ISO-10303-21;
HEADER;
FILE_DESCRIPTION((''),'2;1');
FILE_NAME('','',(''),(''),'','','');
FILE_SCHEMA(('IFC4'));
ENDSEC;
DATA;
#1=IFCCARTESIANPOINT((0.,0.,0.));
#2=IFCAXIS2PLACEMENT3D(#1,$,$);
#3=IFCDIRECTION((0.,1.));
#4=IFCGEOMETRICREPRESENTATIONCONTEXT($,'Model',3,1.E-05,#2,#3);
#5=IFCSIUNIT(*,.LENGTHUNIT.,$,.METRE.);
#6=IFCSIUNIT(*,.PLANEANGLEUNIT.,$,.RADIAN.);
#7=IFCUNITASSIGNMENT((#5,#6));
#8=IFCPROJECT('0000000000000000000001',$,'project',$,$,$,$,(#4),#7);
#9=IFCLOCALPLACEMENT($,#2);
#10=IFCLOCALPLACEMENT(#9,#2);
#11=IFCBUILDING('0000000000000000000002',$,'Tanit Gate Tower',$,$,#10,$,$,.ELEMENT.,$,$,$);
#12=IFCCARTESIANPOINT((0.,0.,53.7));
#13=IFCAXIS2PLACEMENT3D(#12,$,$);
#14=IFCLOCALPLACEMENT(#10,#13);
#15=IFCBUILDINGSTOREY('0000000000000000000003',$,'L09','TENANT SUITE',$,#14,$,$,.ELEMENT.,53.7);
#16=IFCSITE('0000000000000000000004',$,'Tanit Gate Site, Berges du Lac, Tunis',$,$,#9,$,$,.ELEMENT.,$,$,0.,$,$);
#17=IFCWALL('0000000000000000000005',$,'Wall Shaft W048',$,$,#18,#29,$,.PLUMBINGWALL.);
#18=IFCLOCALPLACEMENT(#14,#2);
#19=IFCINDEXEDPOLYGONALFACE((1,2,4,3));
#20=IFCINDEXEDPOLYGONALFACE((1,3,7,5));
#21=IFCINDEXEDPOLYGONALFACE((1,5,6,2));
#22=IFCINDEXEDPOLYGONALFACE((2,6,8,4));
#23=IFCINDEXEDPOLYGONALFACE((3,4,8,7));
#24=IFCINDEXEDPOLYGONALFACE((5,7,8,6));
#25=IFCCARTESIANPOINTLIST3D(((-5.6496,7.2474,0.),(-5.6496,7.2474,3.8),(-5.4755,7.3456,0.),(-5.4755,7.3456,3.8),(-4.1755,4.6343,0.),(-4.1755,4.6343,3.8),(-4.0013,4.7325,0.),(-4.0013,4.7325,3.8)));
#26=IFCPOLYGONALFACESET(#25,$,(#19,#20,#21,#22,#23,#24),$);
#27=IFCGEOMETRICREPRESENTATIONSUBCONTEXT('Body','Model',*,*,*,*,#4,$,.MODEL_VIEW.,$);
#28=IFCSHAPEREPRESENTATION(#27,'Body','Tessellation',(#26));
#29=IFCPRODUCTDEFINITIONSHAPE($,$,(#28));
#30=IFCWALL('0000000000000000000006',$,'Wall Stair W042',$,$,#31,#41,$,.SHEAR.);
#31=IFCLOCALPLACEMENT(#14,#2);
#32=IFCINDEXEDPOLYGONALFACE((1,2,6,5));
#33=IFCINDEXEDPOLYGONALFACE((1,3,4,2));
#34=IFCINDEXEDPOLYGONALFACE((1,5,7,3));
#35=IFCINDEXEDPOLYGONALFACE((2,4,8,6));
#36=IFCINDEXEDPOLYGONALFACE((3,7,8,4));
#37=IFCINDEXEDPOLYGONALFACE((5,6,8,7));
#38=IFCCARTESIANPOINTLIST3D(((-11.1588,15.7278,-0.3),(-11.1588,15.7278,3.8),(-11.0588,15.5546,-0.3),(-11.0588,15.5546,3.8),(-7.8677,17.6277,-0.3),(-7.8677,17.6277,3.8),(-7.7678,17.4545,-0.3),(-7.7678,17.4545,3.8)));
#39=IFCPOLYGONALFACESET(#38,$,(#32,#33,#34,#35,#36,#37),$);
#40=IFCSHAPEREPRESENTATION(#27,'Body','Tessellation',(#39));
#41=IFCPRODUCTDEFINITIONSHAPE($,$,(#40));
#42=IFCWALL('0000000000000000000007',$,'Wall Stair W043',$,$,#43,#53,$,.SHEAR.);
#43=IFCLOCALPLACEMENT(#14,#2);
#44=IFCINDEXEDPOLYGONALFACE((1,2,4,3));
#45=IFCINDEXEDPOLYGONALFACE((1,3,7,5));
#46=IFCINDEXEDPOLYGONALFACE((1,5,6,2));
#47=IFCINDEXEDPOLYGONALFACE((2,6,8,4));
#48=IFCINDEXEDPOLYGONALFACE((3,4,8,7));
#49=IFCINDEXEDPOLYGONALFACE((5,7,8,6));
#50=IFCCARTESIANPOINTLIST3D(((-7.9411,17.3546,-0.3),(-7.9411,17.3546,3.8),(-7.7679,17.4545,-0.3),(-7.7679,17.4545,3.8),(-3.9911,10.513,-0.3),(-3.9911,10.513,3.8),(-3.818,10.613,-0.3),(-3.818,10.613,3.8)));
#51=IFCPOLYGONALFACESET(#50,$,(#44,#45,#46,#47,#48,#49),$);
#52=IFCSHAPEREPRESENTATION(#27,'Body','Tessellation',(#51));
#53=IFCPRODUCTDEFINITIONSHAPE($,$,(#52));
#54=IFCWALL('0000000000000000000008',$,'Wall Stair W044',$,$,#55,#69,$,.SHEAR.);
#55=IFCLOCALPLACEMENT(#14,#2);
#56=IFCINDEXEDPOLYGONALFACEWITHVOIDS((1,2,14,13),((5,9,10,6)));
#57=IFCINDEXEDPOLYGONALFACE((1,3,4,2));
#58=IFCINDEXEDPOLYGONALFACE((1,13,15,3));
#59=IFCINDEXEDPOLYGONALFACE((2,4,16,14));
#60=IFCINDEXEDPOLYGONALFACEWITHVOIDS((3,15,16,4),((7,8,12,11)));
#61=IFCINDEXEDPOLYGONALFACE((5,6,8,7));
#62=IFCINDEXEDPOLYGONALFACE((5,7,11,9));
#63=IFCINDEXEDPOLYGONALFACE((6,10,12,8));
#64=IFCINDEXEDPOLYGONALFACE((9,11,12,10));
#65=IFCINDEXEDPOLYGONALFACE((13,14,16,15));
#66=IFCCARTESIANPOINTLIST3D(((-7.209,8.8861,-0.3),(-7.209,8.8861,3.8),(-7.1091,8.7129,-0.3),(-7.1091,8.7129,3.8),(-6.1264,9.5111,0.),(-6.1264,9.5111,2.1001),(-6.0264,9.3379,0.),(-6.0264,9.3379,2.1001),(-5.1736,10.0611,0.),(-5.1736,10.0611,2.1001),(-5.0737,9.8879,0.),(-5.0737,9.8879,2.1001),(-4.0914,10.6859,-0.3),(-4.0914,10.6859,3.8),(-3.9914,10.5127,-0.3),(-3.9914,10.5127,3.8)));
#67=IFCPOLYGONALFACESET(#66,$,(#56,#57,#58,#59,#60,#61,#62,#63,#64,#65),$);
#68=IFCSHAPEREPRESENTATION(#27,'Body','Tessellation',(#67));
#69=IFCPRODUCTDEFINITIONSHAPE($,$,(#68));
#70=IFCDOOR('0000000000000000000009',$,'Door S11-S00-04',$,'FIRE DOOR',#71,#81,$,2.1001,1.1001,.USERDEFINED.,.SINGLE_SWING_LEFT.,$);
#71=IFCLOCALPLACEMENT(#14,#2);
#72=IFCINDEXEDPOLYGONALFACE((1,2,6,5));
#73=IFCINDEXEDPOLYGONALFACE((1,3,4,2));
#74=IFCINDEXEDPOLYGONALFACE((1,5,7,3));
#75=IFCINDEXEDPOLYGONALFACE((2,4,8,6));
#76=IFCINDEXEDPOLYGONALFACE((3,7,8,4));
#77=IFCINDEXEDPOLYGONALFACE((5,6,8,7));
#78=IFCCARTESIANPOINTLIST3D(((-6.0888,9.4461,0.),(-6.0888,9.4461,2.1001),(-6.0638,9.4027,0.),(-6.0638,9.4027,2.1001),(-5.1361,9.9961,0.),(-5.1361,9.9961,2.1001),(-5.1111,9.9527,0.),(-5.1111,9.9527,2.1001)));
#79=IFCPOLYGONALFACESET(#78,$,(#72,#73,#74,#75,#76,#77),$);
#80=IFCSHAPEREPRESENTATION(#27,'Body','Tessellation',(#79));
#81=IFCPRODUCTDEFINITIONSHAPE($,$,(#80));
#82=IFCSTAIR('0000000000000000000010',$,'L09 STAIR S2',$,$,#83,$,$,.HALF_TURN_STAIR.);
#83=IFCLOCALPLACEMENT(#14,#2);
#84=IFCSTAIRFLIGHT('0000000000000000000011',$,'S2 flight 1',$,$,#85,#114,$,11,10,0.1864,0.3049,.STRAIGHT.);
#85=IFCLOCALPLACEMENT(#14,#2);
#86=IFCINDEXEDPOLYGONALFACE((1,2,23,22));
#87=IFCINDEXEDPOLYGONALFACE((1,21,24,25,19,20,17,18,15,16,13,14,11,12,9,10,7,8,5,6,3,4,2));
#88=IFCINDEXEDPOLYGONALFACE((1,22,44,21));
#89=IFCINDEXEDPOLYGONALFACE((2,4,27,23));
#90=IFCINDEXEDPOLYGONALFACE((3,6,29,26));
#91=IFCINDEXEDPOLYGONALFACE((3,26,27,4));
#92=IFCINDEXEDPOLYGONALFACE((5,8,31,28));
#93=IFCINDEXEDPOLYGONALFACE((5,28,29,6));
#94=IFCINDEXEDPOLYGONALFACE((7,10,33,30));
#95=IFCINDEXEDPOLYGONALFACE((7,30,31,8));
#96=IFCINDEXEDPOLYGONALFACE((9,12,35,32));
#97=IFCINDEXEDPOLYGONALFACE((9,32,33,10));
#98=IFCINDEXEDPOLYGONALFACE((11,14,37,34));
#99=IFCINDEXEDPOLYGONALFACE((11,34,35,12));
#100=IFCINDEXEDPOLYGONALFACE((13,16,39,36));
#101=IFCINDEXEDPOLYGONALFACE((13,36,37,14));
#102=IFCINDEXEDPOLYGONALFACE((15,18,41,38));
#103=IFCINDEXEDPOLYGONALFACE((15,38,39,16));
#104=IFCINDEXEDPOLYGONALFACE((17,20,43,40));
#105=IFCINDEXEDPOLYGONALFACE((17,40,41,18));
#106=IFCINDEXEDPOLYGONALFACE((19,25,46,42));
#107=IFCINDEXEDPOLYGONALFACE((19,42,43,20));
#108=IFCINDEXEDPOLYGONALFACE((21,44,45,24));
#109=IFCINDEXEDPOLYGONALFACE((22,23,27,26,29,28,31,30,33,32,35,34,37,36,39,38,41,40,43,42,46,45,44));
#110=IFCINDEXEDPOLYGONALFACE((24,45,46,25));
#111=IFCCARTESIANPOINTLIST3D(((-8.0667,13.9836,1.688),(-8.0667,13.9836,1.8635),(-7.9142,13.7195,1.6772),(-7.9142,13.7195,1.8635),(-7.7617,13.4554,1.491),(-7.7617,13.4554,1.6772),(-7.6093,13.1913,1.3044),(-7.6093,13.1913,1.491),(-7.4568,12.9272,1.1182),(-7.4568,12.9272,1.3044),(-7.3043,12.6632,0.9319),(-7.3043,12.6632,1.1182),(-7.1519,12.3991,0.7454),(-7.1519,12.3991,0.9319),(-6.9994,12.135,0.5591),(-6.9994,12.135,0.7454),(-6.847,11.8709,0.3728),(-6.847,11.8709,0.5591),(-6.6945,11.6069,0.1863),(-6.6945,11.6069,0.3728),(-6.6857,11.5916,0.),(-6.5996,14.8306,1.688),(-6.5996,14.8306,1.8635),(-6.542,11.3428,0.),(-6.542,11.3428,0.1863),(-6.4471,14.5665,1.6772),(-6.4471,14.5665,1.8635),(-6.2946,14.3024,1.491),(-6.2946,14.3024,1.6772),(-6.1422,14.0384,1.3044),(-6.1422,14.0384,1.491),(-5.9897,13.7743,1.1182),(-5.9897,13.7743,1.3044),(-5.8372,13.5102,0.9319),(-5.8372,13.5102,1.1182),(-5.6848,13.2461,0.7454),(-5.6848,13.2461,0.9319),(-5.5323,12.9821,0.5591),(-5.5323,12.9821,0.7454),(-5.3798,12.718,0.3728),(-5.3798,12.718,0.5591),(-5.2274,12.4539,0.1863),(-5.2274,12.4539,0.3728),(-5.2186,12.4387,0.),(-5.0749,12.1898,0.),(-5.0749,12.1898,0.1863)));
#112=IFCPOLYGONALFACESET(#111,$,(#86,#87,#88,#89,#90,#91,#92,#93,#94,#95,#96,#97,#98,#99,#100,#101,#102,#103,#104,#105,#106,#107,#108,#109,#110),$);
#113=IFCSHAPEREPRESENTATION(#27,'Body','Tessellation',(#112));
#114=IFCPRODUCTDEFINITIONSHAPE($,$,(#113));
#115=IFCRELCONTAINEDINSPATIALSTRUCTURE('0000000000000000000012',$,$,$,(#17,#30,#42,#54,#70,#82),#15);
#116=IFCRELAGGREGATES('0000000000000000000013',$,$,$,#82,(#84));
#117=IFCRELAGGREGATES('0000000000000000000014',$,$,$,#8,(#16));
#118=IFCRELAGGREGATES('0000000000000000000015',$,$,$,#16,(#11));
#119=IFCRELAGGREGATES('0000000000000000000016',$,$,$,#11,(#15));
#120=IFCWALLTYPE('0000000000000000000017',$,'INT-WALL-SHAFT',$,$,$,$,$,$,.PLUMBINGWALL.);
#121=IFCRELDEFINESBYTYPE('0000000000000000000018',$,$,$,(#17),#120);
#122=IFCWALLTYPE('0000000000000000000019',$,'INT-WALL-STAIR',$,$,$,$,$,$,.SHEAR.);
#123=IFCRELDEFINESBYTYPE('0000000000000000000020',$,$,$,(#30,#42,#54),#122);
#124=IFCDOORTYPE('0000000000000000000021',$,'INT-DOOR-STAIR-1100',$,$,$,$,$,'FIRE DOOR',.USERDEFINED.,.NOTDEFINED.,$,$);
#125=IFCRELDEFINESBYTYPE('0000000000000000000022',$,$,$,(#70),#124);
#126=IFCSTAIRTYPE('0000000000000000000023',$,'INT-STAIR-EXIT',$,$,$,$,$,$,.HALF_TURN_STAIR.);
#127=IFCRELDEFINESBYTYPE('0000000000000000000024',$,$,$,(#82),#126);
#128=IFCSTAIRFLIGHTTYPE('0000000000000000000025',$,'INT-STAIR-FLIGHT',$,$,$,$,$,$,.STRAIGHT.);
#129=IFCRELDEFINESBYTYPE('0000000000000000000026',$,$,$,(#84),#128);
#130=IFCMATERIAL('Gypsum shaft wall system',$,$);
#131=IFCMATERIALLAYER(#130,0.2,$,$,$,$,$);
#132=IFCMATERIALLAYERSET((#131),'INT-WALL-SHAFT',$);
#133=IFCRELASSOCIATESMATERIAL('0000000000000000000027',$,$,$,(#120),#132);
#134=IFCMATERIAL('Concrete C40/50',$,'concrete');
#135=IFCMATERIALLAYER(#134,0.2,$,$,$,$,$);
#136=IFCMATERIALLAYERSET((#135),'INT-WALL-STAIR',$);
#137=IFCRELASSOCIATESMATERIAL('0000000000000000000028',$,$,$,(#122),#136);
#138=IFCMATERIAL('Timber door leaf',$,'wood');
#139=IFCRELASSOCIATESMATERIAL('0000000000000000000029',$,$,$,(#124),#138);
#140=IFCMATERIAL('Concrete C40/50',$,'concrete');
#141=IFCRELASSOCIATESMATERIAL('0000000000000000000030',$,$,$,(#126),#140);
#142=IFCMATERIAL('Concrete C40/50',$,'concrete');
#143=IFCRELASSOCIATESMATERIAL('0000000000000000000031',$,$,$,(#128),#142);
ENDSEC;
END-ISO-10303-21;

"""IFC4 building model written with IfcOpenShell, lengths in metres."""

from ifc_helpers import new_model, si_unit, direction, frame, frame_2d, origin, place, context, subcontext, project, spatial, polyline, rectangle, outline, extrude, material, layer, layer_set, type_object, element, fill, aggregate, save


model = new_model("IFC4")

# Units and contexts
model_context = context("Model", 3, precision=1e-05, world=origin(), true_north=direction((0.0, 1.0)))
body_context = subcontext(model_context, "Body", "Model", "MODEL_VIEW")
ifc_project = project(units=[si_unit("LENGTHUNIT", "METRE"), si_unit("PLANEANGLEUNIT", "RADIAN")], contexts=[model_context])

# Site, building, storey
site_placement = place(None, origin())
site = spatial("IfcSite", under=ifc_project, at=site_placement, Name="Tanit Gate Site, Berges du Lac, Tunis", CompositionType="ELEMENT", RefElevation=0.0)
building_placement = place(site_placement, origin())
building = spatial("IfcBuilding", under=site, at=building_placement, Name="Tanit Gate Tower", CompositionType="ELEMENT")
storey_placement = place(building_placement, frame((0.0, 0.0, 53.7)))
storey = spatial("IfcBuildingStorey", under=building, at=storey_placement, Name="L09", Description="TENANT SUITE", CompositionType="ELEMENT", Elevation=53.7)

# Shared definitions
ifc_material_1 = material(Name="Gypsum shaft wall system")
ifc_layer_1 = layer(ifc_material_1, 0.2)
ifc_layer_set_1 = layer_set([ifc_layer_1], Name="INT-WALL-SHAFT")
wall_type_1 = type_object("IfcWallType", Name="INT-WALL-SHAFT", PredefinedType="PLUMBINGWALL", material=ifc_layer_set_1)

# Walls
wall_1_placement = place(storey_placement, frame((-5.5625, 7.2964, 0.0), z_axis=(0.0, 0.0, 1.0), x_axis=(0.491347, -0.870964, 0.0)))
element("IfcWall", 1, at=wall_1_placement, inside=storey, type_object=wall_type_1, Name="Wall Shaft W048", PredefinedType="PLUMBINGWALL", context=body_context, shape_type="SweptSolid", body=[
    extrude(rectangle(XDim=3.0002, YDim=0.2, at=frame_2d((1.5, 0.0))), origin(), (0.0, 0.0, 1.0), 3.8),
])
ifc_material_2 = material(Name="Concrete C40/50", Category="concrete")
ifc_layer_2 = layer(ifc_material_2, 0.2)
ifc_layer_set_2 = layer_set([ifc_layer_2], Name="INT-WALL-STAIR")
wall_type_2 = type_object("IfcWallType", Name="INT-WALL-STAIR", PredefinedType="SHEAR", material=ifc_layer_set_2)
wall_2_placement = place(storey_placement, frame((-7.8179, 17.541, -0.3), z_axis=(0.0, 0.0, 1.0), x_axis=(-0.866044, -0.499967, 0.0)))
element("IfcWall", 2, at=wall_2_placement, inside=storey, type_object=wall_type_2, Name="Wall Stair W042", PredefinedType="SHEAR", context=body_context, shape_type="SweptSolid", body=[
    extrude(rectangle(XDim=3.8, YDim=0.2, at=frame_2d((1.8999, 0.0))), origin(), (0.0, 0.0, 1.0), 4.1001),
])
wall_3_placement = place(storey_placement, frame((-7.8545, 17.4045, -0.3), z_axis=(0.0, 0.0, 1.0), x_axis=(0.499998, -0.866027, 0.0)))
element("IfcWall", 3, at=wall_3_placement, inside=storey, type_object=wall_type_2, Name="Wall Stair W043", PredefinedType="SHEAR", context=body_context, shape_type="SweptSolid", body=[
    extrude(rectangle(XDim=7.8999, YDim=0.2, at=frame_2d((3.95, 0.0))), origin(), (0.0, 0.0, 1.0), 4.1001),
])

# Wall, opening, door
wall_4_placement = place(storey_placement, frame((-7.1589, 8.7996, -0.3), z_axis=(0.0, 0.0, 1.0), x_axis=(0.866048, 0.499961, 0.0)))
wall_4 = element("IfcWall", 4, at=wall_4_placement, inside=storey, type_object=wall_type_2, Name="Wall Stair W044", PredefinedType="SHEAR", context=body_context, shape_type="SweptSolid", body=[
    extrude(rectangle(XDim=3.5999, YDim=0.2, at=frame_2d((1.7998, 0.0))), origin(), (0.0, 0.0, 1.0), 4.1001),
])
opening_1_placement = place(wall_4_placement, frame((1.25, 0.0, 0.3)))
opening_1 = element("IfcOpeningElement", 5, at=opening_1_placement, cuts=wall_4, PredefinedType="OPENING", context=body_context, shape_type="SweptSolid", body=[
    extrude(rectangle(XDim=1.1001, YDim=2.1001, at=frame_2d((0.55, 1.05))), frame((0.0, 0.1099, 0.0), z_axis=(0.0, -1.0, 0.0), x_axis=(1.0, 0.0, 0.0)), (0.0, 0.0, 1.0), 0.22),
])
ifc_material_3 = material(Name="Timber door leaf", Category="wood")
door_type_1 = type_object("IfcDoorType", Name="INT-DOOR-STAIR-1100", ElementType="FIRE DOOR", OperationType="NOTDEFINED", PredefinedType="USERDEFINED", material=ifc_material_3)
door_1_placement = place(opening_1_placement, origin())
door_1 = element("IfcDoor", 6, at=door_1_placement, inside=storey, type_object=door_type_1, Name="Door S11-S00-04", ObjectType="FIRE DOOR", OperationType="SINGLE_SWING_LEFT", OverallHeight=2.1001, OverallWidth=1.1001, PredefinedType="USERDEFINED", context=body_context, shape_type="SweptSolid", body=[
    extrude(rectangle(XDim=1.1001, YDim=2.1001, at=frame_2d((0.55, 1.05))), frame((0.0, 0.0249, 0.0), z_axis=(0.0, -1.0, 0.0), x_axis=(1.0, 0.0, 0.0)), (0.0, 0.0, 1.0), 0.05),
])
fill(opening_1, door_1)

# Stair, stair flight
ifc_material_4 = material(Name="Concrete C40/50", Category="concrete")
stair_type = type_object("IfcStairType", Name="INT-STAIR-EXIT", PredefinedType="HALF_TURN_STAIR", material=ifc_material_4)
stair_placement = place(storey_placement, origin())
stair = element("IfcStair", 7, at=stair_placement, inside=storey, type_object=stair_type, Name="L09 STAIR S2", PredefinedType="HALF_TURN_STAIR")
ifc_material_5 = material(Name="Concrete C40/50", Category="concrete")
stair_flight_type = type_object("IfcStairFlightType", Name="INT-STAIR-FLIGHT", PredefinedType="STRAIGHT", material=ifc_material_5)
stair_flight_placement = place(storey_placement, frame((-5.8083, 11.7664, 0.0), z_axis=(0.0, 0.0, 1.0), x_axis=(-0.5, 0.866025, 0.0)))
stair_flight = element("IfcStairFlight", 8, at=stair_flight_placement, type_object=stair_flight_type, Name="S2 flight 1", NumberOfRisers=11, NumberOfTreads=10, PredefinedType="STRAIGHT", RiserHeight=0.1864, TreadLength=0.3049, context=body_context, shape_type="SweptSolid", body=[
    extrude(outline(polyline([(0.0, 0.0), (0.0, 0.1863), (0.3049, 0.1863), (0.3049, 0.3728), (0.6099, 0.3728), (0.6099, 0.5591), (0.9148, 0.5591), (0.9148, 0.7454), (1.2197, 0.7454), (1.2197, 0.9319), (1.5247, 0.9319), (1.5247, 1.1182), (1.8296, 1.1182), (1.8296, 1.3044), (2.1345, 1.3044), (2.1345, 1.491), (2.4395, 1.491), (2.4395, 1.6772), (2.7444, 1.6772), (2.7444, 1.8635), (3.0493, 1.8635), (3.0493, 2.05), (3.0493, 1.688), (0.2874, 0.0), (0.0, 0.0)])), frame((0.0, 0.8472, 0.0), z_axis=(0.0, -1.0, 0.0), x_axis=(1.0, 0.0, 0.0)), (0.0, 0.0, 1.0), 1.6941),
])
aggregate(stair, [stair_flight])

save(model, "model.ifc")
